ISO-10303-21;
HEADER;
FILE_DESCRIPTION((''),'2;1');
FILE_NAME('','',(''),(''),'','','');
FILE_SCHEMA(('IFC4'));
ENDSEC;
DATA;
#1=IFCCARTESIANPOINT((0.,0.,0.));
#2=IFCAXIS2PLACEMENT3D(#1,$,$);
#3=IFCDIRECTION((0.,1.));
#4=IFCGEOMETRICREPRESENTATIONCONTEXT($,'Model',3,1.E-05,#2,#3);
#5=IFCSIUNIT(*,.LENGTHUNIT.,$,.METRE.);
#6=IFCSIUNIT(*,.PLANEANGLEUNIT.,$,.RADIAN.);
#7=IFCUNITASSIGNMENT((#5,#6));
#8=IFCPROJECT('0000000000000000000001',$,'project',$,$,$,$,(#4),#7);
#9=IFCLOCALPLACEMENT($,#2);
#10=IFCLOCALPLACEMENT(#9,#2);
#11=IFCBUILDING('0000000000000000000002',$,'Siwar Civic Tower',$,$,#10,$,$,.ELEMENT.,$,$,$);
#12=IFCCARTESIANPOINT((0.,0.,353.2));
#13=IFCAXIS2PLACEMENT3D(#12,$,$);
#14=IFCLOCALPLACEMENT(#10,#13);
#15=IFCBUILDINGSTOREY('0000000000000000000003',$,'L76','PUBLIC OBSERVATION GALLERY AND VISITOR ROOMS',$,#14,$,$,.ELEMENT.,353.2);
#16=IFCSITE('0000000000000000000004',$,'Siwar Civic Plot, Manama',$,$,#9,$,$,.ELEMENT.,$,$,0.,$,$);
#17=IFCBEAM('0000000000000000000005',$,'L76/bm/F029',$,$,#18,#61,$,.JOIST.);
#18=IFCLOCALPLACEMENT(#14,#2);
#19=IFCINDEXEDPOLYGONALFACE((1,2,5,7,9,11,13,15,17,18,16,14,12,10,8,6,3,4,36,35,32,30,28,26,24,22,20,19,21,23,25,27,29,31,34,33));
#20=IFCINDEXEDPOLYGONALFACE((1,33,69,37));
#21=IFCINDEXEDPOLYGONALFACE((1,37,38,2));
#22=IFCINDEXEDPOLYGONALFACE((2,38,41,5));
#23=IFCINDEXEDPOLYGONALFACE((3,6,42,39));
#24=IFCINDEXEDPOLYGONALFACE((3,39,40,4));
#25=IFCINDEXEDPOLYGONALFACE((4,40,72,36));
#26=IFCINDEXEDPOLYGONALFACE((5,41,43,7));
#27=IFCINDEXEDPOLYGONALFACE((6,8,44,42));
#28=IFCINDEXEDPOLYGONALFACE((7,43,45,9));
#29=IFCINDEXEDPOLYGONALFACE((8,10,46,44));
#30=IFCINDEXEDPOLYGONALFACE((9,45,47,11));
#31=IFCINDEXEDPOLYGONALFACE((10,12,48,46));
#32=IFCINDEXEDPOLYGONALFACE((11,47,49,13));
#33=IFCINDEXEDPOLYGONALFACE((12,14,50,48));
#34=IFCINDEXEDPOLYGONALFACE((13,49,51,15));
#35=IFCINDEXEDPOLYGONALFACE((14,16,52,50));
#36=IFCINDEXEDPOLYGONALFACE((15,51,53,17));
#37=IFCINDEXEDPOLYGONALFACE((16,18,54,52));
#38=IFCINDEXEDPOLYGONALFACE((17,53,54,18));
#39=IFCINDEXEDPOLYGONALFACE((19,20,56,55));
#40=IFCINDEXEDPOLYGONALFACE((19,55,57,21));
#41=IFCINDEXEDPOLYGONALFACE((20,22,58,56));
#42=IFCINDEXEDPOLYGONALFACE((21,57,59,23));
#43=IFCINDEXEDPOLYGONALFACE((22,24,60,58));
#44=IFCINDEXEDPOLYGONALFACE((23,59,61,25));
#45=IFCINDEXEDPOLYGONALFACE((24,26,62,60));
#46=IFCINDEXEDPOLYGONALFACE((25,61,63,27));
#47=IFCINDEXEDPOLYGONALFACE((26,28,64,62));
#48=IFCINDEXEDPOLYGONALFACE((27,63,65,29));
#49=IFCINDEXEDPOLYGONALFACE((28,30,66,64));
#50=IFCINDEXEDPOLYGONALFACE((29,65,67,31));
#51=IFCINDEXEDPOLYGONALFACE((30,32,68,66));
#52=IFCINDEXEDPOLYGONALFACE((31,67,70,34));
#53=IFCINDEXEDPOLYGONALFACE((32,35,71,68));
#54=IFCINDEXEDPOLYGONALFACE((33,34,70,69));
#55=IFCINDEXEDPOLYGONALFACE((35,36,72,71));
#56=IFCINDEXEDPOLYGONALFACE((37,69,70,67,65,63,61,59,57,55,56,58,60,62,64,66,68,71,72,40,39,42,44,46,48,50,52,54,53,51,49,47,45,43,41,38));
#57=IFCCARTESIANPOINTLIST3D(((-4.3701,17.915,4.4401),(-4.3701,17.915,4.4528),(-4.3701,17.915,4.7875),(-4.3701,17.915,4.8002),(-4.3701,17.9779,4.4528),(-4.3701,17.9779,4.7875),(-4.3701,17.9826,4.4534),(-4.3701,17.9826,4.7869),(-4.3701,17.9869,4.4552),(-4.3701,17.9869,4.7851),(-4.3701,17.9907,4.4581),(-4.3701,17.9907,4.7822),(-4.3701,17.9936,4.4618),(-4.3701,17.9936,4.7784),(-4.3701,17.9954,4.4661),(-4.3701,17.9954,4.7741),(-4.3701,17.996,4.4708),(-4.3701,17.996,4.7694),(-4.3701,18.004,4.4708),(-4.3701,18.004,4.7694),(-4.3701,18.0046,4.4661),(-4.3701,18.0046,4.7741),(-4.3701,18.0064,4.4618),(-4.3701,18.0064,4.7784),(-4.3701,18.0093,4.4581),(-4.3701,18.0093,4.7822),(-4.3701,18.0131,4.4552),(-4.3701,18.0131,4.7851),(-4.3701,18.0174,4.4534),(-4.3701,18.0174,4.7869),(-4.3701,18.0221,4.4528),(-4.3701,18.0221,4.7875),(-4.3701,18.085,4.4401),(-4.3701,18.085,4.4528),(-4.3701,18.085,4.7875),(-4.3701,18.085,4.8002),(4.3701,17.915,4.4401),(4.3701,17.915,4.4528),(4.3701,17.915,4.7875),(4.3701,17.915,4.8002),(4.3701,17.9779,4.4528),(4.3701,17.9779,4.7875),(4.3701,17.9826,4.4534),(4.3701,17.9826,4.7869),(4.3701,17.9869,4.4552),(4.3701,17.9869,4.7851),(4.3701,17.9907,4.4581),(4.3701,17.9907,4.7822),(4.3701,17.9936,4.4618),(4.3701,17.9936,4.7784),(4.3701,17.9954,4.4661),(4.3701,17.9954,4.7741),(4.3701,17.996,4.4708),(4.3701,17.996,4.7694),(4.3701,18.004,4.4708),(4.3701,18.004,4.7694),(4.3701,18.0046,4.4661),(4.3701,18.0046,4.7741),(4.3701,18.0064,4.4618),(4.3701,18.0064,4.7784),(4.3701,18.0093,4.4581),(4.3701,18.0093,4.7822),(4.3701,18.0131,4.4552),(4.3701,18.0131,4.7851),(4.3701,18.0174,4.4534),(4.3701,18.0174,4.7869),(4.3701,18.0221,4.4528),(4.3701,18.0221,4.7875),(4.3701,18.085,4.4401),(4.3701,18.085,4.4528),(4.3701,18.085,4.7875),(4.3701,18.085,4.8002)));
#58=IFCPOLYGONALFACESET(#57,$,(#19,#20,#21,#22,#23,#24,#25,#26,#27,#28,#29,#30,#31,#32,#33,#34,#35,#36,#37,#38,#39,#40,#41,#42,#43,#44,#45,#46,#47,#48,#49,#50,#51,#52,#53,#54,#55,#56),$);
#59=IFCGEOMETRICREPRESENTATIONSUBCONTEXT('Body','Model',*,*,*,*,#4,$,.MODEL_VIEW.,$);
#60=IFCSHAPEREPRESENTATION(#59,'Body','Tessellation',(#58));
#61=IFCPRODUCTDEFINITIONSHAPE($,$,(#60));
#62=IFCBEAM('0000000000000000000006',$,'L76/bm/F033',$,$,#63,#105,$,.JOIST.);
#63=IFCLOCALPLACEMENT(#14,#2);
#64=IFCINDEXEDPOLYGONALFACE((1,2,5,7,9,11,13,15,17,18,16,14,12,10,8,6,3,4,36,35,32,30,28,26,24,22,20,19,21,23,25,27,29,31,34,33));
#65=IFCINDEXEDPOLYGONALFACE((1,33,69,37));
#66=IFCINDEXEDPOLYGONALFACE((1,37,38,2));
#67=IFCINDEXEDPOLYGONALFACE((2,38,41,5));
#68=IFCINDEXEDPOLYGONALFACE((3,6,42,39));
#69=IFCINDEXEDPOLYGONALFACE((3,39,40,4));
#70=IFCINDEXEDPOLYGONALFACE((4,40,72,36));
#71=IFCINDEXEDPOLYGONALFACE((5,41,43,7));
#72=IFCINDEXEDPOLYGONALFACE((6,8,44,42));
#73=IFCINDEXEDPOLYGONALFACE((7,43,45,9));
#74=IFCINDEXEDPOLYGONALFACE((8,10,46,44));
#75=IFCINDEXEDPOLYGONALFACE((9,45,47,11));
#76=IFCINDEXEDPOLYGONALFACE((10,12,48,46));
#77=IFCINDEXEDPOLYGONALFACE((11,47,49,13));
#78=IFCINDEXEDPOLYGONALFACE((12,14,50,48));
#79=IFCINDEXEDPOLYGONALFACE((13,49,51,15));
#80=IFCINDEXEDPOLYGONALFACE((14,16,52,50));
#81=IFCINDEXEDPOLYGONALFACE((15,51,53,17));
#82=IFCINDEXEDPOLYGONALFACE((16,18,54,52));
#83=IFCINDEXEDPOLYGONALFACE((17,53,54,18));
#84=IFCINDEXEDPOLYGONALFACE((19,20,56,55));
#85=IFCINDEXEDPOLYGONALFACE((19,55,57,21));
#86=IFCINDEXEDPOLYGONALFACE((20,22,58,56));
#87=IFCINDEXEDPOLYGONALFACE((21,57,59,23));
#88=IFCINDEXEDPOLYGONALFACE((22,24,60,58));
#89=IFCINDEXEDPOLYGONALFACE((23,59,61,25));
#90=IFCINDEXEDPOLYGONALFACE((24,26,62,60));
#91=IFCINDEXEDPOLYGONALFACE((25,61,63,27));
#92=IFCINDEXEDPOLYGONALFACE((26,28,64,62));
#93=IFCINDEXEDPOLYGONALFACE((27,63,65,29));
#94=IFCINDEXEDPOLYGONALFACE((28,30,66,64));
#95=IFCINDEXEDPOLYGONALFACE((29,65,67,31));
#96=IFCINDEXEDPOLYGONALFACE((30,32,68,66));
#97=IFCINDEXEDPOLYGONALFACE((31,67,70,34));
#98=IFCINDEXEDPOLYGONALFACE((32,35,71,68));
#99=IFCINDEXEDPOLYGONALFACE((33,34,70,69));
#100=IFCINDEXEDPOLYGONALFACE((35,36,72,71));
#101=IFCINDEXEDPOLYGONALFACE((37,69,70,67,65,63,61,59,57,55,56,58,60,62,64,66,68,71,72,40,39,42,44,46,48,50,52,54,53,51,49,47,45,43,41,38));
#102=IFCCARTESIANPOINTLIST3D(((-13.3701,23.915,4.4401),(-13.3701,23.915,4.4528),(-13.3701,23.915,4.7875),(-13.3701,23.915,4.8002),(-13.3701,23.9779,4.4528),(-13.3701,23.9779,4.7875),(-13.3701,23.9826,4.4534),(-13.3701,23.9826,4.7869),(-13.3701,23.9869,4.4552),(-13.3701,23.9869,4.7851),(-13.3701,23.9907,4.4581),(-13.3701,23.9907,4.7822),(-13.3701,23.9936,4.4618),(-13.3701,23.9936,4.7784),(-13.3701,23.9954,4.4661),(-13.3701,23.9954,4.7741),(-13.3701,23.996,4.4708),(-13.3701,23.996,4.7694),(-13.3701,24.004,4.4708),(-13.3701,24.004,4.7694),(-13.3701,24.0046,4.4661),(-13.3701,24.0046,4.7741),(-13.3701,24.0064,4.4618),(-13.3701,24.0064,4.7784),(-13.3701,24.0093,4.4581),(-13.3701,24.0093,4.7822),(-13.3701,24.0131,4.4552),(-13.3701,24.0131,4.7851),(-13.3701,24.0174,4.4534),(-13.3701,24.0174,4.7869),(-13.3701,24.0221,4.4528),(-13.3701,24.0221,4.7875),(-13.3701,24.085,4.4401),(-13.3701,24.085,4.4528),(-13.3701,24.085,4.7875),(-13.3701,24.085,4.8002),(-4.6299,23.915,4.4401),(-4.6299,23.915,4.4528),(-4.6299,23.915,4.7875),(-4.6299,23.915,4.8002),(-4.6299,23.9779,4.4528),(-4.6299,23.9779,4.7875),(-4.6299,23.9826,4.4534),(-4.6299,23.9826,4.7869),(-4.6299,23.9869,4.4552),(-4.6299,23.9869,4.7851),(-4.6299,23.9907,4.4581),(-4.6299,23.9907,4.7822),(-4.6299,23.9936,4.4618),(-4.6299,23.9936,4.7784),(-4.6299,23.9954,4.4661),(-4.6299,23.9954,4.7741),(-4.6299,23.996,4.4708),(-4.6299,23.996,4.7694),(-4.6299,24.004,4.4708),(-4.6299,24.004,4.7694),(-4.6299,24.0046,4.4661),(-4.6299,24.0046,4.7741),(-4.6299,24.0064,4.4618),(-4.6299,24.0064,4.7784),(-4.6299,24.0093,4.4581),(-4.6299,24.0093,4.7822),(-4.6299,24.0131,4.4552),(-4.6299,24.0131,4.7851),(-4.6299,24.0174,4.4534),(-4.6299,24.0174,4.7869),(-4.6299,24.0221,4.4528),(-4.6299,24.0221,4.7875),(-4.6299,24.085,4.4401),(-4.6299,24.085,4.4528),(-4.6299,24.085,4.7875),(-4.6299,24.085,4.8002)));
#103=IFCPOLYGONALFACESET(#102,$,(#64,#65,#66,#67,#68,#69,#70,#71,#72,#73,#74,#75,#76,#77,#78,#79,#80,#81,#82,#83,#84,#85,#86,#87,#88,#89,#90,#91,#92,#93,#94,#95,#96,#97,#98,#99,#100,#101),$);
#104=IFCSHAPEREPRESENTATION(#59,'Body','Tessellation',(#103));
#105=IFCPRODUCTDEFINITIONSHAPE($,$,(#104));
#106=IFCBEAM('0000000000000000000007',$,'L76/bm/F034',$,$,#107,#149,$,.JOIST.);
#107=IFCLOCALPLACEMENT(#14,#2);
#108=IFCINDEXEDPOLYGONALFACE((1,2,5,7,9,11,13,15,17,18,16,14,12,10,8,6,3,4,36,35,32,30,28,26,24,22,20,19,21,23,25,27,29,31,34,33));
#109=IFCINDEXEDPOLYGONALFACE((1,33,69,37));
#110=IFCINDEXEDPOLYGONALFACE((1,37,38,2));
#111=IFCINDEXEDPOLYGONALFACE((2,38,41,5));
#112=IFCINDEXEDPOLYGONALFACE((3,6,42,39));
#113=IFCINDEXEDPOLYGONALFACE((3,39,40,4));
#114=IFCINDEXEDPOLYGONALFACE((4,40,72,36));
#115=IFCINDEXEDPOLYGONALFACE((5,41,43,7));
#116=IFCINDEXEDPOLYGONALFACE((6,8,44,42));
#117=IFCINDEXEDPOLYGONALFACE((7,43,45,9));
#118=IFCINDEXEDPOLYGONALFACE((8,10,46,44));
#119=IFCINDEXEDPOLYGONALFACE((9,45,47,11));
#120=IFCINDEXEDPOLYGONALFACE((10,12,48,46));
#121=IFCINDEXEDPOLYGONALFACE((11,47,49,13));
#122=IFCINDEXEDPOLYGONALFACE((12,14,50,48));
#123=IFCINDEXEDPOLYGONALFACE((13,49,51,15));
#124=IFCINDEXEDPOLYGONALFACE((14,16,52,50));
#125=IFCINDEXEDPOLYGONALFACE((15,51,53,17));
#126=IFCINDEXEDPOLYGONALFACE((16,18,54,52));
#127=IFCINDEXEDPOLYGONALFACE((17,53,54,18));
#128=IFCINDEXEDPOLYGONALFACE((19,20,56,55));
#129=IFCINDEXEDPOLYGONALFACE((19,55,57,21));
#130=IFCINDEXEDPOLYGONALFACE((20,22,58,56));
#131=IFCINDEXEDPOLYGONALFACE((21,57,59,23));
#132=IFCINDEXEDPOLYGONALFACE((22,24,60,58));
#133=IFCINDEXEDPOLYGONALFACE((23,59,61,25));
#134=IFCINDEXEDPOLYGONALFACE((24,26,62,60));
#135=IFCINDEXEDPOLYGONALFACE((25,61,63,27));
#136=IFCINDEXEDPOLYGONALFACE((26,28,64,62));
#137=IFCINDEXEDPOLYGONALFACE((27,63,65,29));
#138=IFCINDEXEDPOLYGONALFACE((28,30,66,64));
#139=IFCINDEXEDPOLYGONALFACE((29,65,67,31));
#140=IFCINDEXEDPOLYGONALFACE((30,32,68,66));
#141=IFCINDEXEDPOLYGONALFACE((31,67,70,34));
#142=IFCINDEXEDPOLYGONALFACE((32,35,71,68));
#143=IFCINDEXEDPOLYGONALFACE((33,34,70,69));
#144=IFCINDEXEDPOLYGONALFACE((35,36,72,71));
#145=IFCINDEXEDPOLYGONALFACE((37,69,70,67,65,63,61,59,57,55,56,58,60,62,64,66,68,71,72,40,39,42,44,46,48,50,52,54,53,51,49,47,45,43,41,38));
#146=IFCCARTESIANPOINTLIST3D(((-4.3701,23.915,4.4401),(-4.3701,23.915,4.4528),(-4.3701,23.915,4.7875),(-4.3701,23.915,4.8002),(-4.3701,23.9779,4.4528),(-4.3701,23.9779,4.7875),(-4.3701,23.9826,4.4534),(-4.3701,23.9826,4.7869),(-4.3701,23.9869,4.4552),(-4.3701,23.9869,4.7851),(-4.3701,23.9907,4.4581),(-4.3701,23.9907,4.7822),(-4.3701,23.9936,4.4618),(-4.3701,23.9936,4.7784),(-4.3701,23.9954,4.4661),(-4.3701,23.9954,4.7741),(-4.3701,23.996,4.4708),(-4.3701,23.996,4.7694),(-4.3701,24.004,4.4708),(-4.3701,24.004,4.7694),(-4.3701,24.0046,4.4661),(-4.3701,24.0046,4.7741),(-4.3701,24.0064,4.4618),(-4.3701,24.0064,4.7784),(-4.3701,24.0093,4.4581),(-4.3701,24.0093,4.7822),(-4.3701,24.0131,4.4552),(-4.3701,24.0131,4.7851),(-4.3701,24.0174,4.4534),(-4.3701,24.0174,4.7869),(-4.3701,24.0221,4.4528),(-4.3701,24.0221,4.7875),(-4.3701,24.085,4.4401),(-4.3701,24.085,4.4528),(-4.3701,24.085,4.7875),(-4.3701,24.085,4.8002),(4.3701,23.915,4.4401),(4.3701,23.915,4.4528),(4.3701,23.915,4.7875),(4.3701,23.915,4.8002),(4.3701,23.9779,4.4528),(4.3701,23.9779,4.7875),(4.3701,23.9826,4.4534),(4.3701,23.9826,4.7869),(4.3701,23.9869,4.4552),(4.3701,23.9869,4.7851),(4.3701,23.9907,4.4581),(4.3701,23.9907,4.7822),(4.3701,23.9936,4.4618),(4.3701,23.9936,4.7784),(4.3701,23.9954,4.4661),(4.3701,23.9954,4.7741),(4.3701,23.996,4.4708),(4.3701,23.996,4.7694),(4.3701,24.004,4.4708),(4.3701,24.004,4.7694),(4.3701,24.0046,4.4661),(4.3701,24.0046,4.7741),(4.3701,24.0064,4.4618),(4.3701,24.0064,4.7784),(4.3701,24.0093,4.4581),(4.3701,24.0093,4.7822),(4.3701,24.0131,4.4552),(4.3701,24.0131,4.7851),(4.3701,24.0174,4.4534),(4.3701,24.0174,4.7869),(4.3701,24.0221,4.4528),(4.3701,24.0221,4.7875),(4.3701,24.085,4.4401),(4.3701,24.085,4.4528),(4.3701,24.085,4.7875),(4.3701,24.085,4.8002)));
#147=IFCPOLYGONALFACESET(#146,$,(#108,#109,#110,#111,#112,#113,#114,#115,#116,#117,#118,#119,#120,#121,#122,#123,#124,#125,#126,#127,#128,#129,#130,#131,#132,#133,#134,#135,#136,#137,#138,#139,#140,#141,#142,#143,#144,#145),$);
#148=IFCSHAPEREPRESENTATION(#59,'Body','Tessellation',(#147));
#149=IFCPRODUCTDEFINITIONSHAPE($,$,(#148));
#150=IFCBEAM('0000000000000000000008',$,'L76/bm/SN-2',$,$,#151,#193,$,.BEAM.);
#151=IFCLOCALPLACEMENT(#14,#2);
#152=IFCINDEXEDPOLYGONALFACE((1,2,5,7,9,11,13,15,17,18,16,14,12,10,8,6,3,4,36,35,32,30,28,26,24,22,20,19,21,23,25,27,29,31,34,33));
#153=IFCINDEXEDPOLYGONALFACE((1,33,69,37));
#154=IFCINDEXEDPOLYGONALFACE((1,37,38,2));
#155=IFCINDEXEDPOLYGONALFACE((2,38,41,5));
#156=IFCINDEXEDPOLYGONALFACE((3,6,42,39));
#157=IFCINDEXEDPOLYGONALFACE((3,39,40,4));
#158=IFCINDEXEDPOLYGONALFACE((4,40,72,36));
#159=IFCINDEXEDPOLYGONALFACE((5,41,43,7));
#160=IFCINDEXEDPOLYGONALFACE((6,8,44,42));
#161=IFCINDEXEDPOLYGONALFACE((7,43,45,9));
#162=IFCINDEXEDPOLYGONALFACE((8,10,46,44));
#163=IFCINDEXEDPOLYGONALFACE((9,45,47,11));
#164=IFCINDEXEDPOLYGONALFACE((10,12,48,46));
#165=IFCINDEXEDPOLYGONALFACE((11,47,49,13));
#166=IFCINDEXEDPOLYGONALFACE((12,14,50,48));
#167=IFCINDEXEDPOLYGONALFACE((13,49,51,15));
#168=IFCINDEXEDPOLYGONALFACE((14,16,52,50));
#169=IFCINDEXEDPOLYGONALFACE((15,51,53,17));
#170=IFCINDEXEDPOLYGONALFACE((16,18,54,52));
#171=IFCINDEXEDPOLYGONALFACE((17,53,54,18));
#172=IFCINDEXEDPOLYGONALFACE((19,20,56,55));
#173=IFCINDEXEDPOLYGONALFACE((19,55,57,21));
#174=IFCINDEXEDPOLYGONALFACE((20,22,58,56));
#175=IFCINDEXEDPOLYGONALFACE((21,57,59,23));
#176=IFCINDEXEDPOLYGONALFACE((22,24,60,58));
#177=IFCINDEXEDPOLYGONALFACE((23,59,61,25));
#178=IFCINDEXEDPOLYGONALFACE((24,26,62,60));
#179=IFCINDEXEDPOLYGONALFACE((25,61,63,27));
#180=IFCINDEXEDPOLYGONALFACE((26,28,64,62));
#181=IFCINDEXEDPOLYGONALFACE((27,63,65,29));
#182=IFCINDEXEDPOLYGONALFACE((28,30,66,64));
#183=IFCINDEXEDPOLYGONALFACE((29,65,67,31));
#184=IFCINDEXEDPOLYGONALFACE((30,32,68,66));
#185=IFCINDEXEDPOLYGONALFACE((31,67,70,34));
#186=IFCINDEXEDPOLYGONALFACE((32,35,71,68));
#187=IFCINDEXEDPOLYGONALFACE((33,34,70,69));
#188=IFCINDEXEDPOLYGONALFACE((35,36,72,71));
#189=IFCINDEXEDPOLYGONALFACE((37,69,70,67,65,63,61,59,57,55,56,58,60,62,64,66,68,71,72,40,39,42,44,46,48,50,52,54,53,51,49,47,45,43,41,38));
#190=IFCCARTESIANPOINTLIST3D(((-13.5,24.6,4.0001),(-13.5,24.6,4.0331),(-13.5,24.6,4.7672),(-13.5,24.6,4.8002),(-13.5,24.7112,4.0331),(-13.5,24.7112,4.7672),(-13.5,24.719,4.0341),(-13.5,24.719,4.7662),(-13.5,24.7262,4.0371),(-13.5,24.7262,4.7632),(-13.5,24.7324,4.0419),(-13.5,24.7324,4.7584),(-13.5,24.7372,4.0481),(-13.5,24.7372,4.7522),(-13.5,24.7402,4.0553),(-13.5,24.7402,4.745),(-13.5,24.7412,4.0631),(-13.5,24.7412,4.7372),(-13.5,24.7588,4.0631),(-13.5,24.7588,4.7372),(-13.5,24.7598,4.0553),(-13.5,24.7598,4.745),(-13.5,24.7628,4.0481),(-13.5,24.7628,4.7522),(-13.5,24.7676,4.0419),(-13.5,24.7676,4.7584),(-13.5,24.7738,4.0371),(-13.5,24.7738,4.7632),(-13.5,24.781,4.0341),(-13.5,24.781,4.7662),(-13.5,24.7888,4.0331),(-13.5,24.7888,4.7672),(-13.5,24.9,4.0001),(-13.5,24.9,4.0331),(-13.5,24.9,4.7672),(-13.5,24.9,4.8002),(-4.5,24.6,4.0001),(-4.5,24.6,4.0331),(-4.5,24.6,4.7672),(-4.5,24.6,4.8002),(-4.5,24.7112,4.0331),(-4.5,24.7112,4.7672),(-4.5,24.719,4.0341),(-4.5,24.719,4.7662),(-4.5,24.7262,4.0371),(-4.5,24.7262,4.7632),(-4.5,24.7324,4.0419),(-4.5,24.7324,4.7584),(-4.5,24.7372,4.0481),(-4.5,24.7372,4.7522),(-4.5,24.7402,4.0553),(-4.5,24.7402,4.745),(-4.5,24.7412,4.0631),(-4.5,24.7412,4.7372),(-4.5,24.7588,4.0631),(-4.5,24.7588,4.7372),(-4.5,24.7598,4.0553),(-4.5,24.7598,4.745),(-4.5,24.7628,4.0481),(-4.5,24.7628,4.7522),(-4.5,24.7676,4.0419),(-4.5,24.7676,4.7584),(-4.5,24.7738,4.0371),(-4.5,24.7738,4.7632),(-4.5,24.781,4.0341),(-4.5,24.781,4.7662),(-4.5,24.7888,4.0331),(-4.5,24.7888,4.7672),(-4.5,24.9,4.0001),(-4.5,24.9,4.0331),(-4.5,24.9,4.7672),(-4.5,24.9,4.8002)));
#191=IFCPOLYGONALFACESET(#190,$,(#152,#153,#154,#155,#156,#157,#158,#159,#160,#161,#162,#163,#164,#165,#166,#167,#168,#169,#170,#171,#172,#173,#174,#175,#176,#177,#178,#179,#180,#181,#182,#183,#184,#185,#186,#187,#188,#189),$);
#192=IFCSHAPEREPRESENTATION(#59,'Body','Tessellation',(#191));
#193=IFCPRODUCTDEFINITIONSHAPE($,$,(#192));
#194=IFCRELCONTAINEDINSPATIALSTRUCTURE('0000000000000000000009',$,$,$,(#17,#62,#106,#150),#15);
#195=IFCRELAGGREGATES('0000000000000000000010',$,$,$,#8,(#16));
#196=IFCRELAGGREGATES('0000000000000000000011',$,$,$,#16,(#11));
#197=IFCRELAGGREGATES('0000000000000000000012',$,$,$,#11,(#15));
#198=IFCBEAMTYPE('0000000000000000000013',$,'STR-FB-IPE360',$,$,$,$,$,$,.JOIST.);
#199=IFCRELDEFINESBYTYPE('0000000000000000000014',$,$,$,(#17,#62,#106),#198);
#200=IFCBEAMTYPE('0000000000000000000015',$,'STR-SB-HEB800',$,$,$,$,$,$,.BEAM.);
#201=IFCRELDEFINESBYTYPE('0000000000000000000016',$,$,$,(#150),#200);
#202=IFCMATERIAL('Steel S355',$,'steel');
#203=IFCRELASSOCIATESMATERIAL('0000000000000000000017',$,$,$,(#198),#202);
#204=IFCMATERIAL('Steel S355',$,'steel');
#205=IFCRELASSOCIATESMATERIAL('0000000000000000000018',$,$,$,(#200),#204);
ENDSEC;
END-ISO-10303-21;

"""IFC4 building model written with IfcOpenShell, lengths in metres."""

from ifc_helpers import new_model, si_unit, direction, frame, origin, origin_2d, place, context, subcontext, project, spatial, i_section, extrude, material, material_profile, profile_set, type_object, element, save


model = new_model("IFC4")

# Units and contexts
model_context = context("Model", 3, precision=1e-05, world=origin(), true_north=direction((0.0, 1.0)))
body_context = subcontext(model_context, "Body", "Model", "MODEL_VIEW")
ifc_project = project(units=[si_unit("LENGTHUNIT", "METRE"), si_unit("PLANEANGLEUNIT", "RADIAN")], contexts=[model_context])

# Site, building, storey
site_placement = place(None, origin())
site = spatial("IfcSite", under=ifc_project, at=site_placement, Name="Siwar Civic Plot, Manama", CompositionType="ELEMENT", RefElevation=0.0)
building_placement = place(site_placement, origin())
building = spatial("IfcBuilding", under=site, at=building_placement, Name="Siwar Civic Tower", CompositionType="ELEMENT")
storey_placement = place(building_placement, frame((0.0, 0.0, 353.2)))
storey = spatial("IfcBuildingStorey", under=building, at=storey_placement, Name="L76", Description="PUBLIC OBSERVATION GALLERY AND VISITOR ROOMS", CompositionType="ELEMENT", Elevation=353.2)

# Beams
ifc_material_1 = material(Name="Steel S355", Category="steel")
ifc_material_profile_1 = material_profile(ifc_material_1, i_section(OverallWidth=0.1699, OverallDepth=0.3601, WebThickness=0.0081, FlangeThickness=0.0127, FilletRadius=0.0181, at=origin_2d()), Name="IPE360")
ifc_profile_set_1 = profile_set([ifc_material_profile_1], Name="Steel S355")
beam_type_1 = type_object("IfcBeamType", Name="STR-FB-IPE360", PredefinedType="JOIST", material=ifc_profile_set_1)
for number, where, z_axis, x_axis, name in (
    (1, (-4.3701, 18.0, 4.6201), (1.0, 0.0, 0.0), (0.0, 1.0, 0.0), "L76/bm/F029"),
    (2, (-13.3701, 24.0, 4.6201), (1.0, 0.0, 0.0), (0.0, 1.0, 0.0), "L76/bm/F033"),
    (3, (-4.3701, 24.0, 4.6201), (1.0, 0.0, 0.0), (0.0, 1.0, 0.0), "L76/bm/F034"),
):
    element("IfcBeam", number, at=place(storey_placement, frame(where, z_axis=z_axis, x_axis=x_axis)), inside=storey, type_object=beam_type_1, Name=name, PredefinedType="JOIST", context=body_context, shape_type="SweptSolid", body=[
        extrude(i_section(OverallWidth=0.1699, OverallDepth=0.3601, WebThickness=0.0081, FlangeThickness=0.0127, FilletRadius=0.0181, at=origin_2d()), origin(), (0.0, 0.0, 1.0), 8.7402),
    ])
ifc_material_2 = material(Name="Steel S355", Category="steel")
ifc_material_profile_2 = material_profile(ifc_material_2, i_section(OverallWidth=0.3, OverallDepth=0.8, WebThickness=0.0176, FlangeThickness=0.033, FilletRadius=0.03, at=origin_2d()), Name="HEB800")
ifc_profile_set_2 = profile_set([ifc_material_profile_2], Name="Steel S355")
beam_type_2 = type_object("IfcBeamType", Name="STR-SB-HEB800", PredefinedType="BEAM", material=ifc_profile_set_2)
beam_1_placement = place(storey_placement, frame((-4.5, 24.75, 4.4001), z_axis=(-1.0, 0.0, 0.0), x_axis=(0.0, -1.0, 0.0)))
element("IfcBeam", 4, at=beam_1_placement, inside=storey, type_object=beam_type_2, Name="L76/bm/SN-2", PredefinedType="BEAM", context=body_context, shape_type="SweptSolid", body=[
    extrude(i_section(OverallWidth=0.3, OverallDepth=0.8, WebThickness=0.0176, FlangeThickness=0.033, FilletRadius=0.03, at=origin_2d()), origin(), (0.0, 0.0, 1.0), 9.0),
])

save(model, "model.ifc")
